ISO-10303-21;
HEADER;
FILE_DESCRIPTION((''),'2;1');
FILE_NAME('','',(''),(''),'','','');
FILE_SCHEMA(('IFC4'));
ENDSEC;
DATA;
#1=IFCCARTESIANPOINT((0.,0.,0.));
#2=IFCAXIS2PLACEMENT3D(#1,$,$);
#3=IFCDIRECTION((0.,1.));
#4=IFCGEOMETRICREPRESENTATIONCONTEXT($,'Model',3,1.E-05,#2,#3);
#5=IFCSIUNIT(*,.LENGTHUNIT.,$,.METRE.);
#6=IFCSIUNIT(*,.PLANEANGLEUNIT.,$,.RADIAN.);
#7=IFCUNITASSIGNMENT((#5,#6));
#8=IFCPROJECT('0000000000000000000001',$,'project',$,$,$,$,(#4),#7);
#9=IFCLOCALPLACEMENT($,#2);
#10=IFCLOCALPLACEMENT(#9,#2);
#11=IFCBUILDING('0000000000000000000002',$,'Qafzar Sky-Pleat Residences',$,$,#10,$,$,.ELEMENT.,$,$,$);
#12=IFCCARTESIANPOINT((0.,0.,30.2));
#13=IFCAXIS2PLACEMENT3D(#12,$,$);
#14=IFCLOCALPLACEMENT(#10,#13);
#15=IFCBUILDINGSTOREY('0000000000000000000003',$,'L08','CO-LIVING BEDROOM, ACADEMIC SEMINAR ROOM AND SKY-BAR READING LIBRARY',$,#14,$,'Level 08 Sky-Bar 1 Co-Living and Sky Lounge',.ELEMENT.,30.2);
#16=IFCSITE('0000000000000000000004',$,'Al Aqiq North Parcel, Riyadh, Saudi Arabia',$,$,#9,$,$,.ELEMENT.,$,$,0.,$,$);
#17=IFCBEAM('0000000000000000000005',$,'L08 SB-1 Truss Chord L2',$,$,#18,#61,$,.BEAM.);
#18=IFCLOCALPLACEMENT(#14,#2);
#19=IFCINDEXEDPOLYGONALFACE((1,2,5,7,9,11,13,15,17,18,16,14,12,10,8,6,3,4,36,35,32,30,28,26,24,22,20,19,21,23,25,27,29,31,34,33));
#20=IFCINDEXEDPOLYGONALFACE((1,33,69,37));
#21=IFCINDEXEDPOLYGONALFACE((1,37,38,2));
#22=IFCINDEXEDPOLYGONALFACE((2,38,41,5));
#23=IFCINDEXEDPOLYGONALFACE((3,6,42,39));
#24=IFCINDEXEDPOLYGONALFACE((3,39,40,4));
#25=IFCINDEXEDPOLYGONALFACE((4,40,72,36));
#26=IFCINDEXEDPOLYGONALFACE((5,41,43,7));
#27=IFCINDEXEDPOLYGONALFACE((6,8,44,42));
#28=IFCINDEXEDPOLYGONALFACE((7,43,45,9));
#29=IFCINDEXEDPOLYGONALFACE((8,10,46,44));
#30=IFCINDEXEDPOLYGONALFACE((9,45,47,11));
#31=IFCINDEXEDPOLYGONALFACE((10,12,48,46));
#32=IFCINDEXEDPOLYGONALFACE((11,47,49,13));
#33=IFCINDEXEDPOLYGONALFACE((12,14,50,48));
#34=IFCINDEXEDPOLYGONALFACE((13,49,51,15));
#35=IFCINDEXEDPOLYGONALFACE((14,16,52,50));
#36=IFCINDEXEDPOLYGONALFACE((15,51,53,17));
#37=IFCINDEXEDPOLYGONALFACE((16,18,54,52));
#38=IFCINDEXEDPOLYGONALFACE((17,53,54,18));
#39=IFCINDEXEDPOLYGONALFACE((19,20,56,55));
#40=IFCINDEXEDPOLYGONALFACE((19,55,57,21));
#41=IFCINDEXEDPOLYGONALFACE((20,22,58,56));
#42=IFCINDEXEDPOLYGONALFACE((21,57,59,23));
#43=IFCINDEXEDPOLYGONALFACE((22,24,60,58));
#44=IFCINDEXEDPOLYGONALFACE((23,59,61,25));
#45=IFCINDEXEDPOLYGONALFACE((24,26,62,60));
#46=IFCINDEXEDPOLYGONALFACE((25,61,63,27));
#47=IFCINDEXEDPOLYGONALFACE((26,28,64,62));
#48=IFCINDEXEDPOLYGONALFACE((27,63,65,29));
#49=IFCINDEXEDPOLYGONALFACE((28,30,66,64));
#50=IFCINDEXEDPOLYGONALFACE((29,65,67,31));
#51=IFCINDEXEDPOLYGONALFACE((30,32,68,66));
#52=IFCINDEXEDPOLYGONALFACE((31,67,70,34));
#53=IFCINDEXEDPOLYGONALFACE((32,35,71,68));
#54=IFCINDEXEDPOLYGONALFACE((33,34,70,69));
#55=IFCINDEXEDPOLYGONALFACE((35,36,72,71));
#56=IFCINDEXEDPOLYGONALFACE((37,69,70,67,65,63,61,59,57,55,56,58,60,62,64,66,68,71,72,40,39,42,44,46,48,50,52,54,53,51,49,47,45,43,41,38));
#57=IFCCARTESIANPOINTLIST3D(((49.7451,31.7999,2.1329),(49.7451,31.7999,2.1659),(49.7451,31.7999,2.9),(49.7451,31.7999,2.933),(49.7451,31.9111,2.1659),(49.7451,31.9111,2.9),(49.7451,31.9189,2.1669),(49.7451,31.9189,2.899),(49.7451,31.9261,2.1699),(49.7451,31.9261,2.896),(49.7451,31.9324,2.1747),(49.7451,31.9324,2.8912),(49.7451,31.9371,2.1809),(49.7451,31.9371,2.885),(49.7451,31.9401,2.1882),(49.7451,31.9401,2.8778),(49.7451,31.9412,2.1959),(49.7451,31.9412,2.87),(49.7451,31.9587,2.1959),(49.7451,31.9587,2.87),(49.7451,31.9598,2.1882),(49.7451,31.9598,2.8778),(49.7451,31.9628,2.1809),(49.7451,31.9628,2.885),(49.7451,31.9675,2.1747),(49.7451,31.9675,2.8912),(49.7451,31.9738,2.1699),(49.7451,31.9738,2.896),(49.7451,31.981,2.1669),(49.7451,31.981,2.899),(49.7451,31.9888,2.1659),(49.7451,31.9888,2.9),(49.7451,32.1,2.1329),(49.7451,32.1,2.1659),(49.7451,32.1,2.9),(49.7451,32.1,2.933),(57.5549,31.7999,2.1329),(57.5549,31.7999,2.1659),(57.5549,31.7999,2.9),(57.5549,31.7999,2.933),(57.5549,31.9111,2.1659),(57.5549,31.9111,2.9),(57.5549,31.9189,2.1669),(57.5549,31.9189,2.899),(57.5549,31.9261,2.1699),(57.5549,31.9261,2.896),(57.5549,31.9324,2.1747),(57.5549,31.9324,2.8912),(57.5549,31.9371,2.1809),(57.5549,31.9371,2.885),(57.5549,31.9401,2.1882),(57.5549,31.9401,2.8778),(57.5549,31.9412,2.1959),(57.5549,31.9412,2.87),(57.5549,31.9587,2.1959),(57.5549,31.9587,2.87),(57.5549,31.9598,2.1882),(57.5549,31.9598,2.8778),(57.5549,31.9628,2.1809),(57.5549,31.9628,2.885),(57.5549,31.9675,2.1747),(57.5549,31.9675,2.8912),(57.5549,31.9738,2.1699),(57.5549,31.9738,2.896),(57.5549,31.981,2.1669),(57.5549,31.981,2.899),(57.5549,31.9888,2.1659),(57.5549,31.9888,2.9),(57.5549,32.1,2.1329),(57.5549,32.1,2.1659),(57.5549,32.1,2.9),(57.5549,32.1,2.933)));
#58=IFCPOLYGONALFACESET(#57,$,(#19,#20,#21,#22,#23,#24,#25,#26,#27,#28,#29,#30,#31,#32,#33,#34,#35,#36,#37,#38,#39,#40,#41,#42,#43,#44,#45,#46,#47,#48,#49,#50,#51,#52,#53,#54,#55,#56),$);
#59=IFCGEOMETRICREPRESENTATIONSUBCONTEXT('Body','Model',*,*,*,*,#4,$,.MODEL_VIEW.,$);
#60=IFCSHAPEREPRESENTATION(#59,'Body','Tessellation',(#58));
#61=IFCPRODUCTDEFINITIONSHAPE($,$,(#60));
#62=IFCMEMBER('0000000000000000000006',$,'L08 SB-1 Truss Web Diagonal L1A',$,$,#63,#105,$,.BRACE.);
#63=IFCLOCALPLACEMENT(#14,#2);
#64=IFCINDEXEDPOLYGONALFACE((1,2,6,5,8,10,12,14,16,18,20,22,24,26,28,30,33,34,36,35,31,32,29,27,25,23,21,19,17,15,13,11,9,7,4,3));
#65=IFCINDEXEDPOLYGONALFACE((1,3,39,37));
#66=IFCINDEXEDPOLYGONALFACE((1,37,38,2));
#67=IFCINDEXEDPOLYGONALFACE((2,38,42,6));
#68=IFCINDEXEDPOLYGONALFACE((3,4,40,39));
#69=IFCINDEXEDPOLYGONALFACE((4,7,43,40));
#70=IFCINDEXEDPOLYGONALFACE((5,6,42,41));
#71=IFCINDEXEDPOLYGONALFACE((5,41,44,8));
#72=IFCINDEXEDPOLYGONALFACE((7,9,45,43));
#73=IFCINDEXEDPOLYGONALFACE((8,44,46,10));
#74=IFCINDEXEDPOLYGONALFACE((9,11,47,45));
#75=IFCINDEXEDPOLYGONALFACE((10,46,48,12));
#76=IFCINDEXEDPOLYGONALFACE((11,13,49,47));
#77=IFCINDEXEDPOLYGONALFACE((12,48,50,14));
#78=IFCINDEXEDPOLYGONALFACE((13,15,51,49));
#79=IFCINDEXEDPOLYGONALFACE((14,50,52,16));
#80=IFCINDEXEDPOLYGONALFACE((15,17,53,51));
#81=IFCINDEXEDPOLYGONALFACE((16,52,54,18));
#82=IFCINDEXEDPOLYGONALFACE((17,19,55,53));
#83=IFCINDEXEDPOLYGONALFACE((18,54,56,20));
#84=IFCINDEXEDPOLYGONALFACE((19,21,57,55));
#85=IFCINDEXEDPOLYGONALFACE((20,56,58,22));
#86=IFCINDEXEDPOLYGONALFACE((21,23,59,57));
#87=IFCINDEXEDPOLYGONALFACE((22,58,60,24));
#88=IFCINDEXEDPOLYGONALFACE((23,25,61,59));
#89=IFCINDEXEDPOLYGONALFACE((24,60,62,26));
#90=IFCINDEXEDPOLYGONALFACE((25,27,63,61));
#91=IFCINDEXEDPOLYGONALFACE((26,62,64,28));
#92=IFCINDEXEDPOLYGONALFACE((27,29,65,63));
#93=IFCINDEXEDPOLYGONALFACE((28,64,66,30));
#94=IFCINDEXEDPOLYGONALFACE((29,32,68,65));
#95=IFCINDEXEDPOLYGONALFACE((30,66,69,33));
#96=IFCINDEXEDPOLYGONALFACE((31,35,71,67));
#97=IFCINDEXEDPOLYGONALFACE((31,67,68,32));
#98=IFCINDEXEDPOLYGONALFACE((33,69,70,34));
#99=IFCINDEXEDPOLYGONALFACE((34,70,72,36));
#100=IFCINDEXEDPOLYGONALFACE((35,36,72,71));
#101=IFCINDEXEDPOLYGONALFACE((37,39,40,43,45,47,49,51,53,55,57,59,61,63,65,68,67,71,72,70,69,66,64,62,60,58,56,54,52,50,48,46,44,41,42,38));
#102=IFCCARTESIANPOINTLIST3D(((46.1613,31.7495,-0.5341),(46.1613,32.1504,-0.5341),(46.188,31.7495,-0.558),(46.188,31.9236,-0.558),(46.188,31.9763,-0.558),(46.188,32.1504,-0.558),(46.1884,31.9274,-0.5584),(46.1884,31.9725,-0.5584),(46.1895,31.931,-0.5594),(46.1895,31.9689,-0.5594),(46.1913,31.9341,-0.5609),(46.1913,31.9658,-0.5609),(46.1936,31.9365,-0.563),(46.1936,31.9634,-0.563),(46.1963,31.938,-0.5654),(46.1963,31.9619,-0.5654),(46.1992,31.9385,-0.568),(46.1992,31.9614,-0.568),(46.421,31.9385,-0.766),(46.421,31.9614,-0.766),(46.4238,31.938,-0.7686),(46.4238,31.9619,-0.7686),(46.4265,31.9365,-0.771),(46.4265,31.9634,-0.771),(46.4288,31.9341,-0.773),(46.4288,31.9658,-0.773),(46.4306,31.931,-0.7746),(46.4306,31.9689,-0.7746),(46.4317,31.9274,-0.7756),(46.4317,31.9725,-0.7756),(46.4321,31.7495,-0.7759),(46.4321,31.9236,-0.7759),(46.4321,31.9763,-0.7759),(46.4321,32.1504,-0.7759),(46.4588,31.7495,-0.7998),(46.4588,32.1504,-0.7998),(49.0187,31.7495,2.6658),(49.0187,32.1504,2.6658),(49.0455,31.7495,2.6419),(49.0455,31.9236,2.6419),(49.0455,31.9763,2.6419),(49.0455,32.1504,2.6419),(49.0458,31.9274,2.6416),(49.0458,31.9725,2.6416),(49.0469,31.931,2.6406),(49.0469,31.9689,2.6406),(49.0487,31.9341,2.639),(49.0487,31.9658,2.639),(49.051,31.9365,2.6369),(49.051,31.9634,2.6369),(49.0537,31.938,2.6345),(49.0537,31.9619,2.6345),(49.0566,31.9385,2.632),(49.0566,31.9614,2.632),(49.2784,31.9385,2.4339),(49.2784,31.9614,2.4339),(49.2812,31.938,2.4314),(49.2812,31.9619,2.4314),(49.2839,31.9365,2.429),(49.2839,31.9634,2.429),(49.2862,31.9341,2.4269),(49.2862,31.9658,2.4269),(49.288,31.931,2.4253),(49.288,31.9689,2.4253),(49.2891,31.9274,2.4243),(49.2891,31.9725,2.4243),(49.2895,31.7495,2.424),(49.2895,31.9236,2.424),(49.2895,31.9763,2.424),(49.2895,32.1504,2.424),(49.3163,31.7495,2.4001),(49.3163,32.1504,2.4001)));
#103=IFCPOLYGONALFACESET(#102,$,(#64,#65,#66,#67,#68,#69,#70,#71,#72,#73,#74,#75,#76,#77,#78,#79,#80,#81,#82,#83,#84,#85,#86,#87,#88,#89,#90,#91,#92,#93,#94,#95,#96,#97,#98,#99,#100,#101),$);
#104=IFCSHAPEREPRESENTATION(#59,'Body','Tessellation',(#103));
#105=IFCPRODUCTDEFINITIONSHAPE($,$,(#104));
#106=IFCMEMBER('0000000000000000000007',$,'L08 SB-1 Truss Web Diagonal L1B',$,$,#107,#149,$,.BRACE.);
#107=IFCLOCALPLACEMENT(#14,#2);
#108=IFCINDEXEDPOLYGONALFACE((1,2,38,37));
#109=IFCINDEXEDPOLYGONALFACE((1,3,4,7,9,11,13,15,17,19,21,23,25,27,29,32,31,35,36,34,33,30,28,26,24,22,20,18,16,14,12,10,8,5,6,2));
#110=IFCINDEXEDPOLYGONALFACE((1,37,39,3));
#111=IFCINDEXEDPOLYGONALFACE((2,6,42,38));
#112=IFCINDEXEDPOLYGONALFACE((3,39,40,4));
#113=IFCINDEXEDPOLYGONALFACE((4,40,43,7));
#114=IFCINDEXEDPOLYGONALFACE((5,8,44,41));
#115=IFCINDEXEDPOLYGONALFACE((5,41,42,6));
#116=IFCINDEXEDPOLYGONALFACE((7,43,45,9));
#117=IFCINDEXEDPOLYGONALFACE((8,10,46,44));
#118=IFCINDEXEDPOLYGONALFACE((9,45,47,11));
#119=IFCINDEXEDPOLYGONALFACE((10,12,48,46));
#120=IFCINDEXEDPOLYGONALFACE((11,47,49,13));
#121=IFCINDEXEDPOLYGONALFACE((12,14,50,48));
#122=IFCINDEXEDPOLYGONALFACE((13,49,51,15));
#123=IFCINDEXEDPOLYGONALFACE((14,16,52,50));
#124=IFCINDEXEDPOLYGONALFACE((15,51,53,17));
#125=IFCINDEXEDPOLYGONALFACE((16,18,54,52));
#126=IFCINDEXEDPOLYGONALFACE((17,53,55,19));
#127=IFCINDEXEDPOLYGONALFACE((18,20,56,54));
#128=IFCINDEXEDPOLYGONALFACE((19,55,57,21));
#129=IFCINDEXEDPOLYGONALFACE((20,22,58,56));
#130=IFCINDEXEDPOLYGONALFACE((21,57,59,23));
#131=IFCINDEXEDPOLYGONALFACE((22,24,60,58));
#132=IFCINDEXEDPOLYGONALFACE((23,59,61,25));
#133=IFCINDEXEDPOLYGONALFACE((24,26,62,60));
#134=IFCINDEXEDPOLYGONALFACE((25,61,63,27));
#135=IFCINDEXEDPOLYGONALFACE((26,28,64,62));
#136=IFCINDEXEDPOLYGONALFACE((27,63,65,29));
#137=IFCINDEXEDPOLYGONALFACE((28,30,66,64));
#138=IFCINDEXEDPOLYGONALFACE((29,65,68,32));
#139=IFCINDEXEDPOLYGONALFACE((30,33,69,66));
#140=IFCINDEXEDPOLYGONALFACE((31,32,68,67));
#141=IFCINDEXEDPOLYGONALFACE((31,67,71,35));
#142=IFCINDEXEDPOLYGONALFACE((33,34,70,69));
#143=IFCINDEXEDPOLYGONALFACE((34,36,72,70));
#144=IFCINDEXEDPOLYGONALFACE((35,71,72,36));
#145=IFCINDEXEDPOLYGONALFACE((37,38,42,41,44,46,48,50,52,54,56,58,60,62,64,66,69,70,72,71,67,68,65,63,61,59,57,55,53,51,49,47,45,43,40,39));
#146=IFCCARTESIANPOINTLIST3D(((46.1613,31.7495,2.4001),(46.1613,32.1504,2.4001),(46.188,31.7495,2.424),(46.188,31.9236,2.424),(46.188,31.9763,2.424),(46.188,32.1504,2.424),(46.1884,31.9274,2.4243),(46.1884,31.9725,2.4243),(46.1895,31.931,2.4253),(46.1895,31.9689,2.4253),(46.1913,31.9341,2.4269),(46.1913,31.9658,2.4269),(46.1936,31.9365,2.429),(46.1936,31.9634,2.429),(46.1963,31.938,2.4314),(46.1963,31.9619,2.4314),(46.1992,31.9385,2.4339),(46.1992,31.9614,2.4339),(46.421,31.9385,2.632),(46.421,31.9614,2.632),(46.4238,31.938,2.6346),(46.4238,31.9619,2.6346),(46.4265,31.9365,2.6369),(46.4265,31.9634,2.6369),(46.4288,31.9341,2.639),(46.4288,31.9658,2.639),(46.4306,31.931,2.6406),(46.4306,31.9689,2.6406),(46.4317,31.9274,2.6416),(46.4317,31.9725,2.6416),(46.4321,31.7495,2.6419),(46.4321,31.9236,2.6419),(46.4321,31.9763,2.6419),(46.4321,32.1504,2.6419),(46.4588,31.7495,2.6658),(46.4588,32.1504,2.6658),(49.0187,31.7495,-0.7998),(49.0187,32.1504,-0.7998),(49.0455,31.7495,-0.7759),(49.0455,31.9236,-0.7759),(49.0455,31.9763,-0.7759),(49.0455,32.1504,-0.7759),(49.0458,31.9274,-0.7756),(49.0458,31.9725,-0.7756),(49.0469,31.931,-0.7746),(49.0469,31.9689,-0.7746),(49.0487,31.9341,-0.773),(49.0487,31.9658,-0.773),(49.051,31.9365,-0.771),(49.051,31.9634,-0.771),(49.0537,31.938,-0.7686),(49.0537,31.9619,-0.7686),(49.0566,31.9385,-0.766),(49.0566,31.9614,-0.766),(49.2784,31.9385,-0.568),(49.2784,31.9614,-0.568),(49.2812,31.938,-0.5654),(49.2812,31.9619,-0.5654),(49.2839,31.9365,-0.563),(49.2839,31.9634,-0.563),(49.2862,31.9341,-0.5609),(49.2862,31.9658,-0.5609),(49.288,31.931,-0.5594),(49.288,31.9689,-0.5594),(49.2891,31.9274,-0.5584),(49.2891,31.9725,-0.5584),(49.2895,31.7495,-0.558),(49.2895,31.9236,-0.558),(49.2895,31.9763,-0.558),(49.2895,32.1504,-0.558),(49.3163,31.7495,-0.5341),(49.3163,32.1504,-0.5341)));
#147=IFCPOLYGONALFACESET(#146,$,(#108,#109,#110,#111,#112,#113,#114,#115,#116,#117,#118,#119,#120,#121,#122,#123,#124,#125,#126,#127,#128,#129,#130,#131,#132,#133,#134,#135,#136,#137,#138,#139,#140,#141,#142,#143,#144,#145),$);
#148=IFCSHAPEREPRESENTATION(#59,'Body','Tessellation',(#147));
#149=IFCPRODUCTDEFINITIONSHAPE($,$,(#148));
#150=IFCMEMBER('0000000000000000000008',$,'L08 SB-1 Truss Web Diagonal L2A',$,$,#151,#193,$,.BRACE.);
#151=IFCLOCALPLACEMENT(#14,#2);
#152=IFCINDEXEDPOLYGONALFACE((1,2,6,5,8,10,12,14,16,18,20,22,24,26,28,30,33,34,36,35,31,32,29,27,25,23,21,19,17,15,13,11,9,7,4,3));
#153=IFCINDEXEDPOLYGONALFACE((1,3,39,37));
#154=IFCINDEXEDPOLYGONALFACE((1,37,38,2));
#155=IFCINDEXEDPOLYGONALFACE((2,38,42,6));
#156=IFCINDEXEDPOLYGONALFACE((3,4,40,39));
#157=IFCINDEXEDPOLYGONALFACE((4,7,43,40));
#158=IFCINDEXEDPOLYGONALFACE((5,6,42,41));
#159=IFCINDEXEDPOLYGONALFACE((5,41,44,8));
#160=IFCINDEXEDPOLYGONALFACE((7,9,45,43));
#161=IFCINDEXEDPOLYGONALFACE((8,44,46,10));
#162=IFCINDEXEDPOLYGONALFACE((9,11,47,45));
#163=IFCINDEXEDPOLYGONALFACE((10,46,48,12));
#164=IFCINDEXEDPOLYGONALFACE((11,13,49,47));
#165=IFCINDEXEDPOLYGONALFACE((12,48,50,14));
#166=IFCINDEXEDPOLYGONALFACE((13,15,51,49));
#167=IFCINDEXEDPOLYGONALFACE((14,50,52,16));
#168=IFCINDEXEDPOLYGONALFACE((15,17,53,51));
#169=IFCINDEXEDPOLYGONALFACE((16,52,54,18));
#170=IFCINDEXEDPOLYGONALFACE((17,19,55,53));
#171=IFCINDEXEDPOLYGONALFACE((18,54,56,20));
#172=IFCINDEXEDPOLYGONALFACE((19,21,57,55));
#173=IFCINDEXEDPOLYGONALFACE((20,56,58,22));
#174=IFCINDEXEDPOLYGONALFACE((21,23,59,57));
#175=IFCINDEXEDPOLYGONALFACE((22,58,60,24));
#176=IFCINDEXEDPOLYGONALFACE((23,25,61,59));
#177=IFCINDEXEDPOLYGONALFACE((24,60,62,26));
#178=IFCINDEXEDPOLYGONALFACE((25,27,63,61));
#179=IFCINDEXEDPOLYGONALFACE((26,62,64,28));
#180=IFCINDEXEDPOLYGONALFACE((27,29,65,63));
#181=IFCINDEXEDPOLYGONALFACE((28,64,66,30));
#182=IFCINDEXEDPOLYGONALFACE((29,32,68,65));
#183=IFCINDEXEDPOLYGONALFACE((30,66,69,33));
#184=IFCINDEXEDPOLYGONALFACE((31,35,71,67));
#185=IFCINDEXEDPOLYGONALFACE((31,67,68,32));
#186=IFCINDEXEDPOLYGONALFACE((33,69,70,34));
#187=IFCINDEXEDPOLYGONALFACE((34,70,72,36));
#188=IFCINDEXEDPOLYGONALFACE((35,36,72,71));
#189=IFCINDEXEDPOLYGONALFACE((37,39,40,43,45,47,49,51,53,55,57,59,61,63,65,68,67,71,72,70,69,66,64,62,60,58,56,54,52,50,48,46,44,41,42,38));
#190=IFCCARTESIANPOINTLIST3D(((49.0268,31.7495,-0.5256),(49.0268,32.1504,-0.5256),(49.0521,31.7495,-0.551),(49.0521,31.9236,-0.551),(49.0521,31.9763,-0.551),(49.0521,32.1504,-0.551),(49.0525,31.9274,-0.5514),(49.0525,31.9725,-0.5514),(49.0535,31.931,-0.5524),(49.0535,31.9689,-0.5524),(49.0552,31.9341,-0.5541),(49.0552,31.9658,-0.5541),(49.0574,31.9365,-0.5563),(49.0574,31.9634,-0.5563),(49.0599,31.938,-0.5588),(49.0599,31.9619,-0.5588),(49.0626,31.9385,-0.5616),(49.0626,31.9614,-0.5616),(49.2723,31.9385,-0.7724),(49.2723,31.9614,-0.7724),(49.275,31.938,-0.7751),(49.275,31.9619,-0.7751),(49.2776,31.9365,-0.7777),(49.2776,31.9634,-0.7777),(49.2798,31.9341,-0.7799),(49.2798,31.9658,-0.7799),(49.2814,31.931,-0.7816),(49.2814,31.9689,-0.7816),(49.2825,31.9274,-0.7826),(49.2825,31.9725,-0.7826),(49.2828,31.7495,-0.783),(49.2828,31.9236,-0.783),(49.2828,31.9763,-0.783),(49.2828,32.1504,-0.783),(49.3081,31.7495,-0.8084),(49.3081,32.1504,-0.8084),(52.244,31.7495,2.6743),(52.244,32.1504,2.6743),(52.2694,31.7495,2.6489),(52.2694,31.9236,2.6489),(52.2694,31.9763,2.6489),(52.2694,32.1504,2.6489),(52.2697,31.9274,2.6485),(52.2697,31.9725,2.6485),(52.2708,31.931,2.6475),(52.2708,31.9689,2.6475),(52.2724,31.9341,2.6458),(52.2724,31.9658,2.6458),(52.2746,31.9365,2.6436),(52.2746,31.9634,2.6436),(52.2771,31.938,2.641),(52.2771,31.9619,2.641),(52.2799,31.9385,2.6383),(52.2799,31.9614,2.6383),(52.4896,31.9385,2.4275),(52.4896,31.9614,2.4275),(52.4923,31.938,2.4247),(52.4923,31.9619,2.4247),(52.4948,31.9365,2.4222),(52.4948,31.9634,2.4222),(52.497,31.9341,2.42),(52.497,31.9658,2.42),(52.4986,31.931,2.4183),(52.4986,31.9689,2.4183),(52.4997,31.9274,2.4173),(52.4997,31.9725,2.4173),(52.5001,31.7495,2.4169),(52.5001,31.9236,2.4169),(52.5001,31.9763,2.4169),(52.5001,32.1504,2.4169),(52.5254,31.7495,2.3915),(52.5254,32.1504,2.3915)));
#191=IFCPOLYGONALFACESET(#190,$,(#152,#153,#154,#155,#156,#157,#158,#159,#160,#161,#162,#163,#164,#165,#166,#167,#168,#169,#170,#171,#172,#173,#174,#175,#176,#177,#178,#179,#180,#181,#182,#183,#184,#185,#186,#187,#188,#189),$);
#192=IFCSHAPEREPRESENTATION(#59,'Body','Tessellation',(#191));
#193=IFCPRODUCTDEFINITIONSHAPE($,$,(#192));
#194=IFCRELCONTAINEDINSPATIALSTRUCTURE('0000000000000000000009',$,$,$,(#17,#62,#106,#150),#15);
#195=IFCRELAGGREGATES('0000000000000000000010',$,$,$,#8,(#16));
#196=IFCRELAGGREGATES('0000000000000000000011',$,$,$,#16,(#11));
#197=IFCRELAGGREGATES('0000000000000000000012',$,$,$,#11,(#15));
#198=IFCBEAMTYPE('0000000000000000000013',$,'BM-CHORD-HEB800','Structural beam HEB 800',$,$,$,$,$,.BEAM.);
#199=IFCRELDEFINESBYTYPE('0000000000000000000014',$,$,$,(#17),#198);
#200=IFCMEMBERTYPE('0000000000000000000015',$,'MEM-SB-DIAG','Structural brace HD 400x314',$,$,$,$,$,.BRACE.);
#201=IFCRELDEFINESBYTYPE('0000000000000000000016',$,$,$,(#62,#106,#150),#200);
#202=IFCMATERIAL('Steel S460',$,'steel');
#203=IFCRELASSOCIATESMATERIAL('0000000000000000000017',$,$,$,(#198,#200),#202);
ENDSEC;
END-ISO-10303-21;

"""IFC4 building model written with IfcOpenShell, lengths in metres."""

from ifc_helpers import new_model, si_unit, direction, frame, origin, origin_2d, place, context, subcontext, project, spatial, i_section, extrude, source, transform, mapped, material, material_profile, profile_set, type_object, element, save


model = new_model("IFC4")

# Units and contexts
model_context = context("Model", 3, precision=1e-05, world=origin(), true_north=direction((0.0, 1.0)))
body_context = subcontext(model_context, "Body", "Model", "MODEL_VIEW")
ifc_project = project(units=[si_unit("LENGTHUNIT", "METRE"), si_unit("PLANEANGLEUNIT", "RADIAN")], contexts=[model_context])

# Site, building, storey
site_placement = place(None, origin())
site = spatial("IfcSite", under=ifc_project, at=site_placement, Name="Al Aqiq North Parcel, Riyadh, Saudi Arabia", CompositionType="ELEMENT", RefElevation=0.0)
building_placement = place(site_placement, origin())
building = spatial("IfcBuilding", under=site, at=building_placement, Name="Qafzar Sky-Pleat Residences", CompositionType="ELEMENT")
storey_placement = place(building_placement, frame((0.0, 0.0, 30.2)))
storey = spatial("IfcBuildingStorey", under=building, at=storey_placement, Name="L08", Description="CO-LIVING BEDROOM, ACADEMIC SEMINAR ROOM AND SKY-BAR READING LIBRARY", LongName="Level 08 Sky-Bar 1 Co-Living and Sky Lounge", CompositionType="ELEMENT", Elevation=30.2)

# Shared definitions
ifc_material_1 = material(Name="Steel S460", Category="steel")

# Beam
ifc_material_profile_1 = material_profile(ifc_material_1, i_section(OverallWidth=0.3, OverallDepth=0.8, WebThickness=0.0176, FlangeThickness=0.033, FilletRadius=0.03, at=origin_2d()), Name="HEB 800")
ifc_profile_set_1 = profile_set([ifc_material_profile_1], Name="Steel S460")
beam_type_1 = type_object("IfcBeamType", Name="BM-CHORD-HEB800", Description="Structural beam HEB 800", PredefinedType="BEAM", material=ifc_profile_set_1)
shared_shape_1 = source(origin(), body_context, "Body", "SweptSolid", [
    extrude(i_section(OverallWidth=0.3, OverallDepth=0.8, WebThickness=0.0176, FlangeThickness=0.033, FilletRadius=0.03, at=origin_2d()), origin(), (0.0, 0.0, 1.0), 7.8098),
])
beam_1_placement = place(storey_placement, frame((49.7451, 31.95, 2.533), z_axis=(1.0, 0.0, 0.0), x_axis=(0.0, 1.0, 0.0)))
element("IfcBeam", 1, at=beam_1_placement, inside=storey, type_object=beam_type_1, Name="L08 SB-1 Truss Chord L2", PredefinedType="BEAM", context=body_context, shape_type="MappedRepresentation", body=[
    mapped(shared_shape_1, transform((0.0, 0.0, 0.0), x_axis=(1.0, 0.0, 0.0), y_axis=(0.0, 1.0, 0.0), z_axis=(0.0, 0.0, 1.0), scale=1.0)),
])

# Members
ifc_material_profile_2 = material_profile(ifc_material_1, i_section(OverallWidth=0.4009, OverallDepth=0.3989, WebThickness=0.0229, FlangeThickness=0.0359, FilletRadius=0.0149, at=origin_2d()), Name="HD 400x314")
ifc_profile_set_2 = profile_set([ifc_material_profile_2], Name="Steel S460")
member_type = type_object("IfcMemberType", Name="MEM-SB-DIAG", Description="Structural brace HD 400x314", PredefinedType="BRACE", material=ifc_profile_set_2)
shared_shape_2 = source(origin(), body_context, "Body", "SweptSolid", [
    extrude(i_section(OverallWidth=0.4009, OverallDepth=0.3989, WebThickness=0.0229, FlangeThickness=0.0359, FilletRadius=0.0149, at=origin_2d()), origin(), (0.0, 0.0, 1.0), 4.29),
])
for number, where, z_axis, x_axis, name in (
    (2, (46.3101, 31.95, -0.667), (0.666058, 0.0, 0.7459), (0.0, 1.0, 0.0), "L08 SB-1 Truss Web Diagonal L1A"),
    (3, (46.3101, 31.95, 2.533), (0.666058, 0.0, -0.7459), (0.0, 1.0, 0.0), "L08 SB-1 Truss Web Diagonal L1B"),
):
    element("IfcMember", number, at=place(storey_placement, frame(where, z_axis=z_axis, x_axis=x_axis)), inside=storey, type_object=member_type, Name=name, PredefinedType="BRACE", context=body_context, shape_type="MappedRepresentation", body=[
        mapped(shared_shape_2, transform((0.0, 0.0, 0.0), x_axis=(1.0, 0.0, 0.0), y_axis=(0.0, 1.0, 0.0), z_axis=(0.0, 0.0, 1.0), scale=1.0)),
    ])
shared_shape_3 = source(origin(), body_context, "Body", "SweptSolid", [
    extrude(i_section(OverallWidth=0.4009, OverallDepth=0.3989, WebThickness=0.0229, FlangeThickness=0.0359, FilletRadius=0.0149, at=origin_2d()), origin(), (0.0, 0.0, 1.0), 4.5376),
])
for number, where, z_axis, x_axis, name in (
    (4, (49.1675, 31.95, -0.667), (0.709014, 0.0, 0.705194), (0.0, 1.0, 0.0), "L08 SB-1 Truss Web Diagonal L2A"),
):
    element("IfcMember", number, at=place(storey_placement, frame(where, z_axis=z_axis, x_axis=x_axis)), inside=storey, type_object=member_type, Name=name, PredefinedType="BRACE", context=body_context, shape_type="MappedRepresentation", body=[
        mapped(shared_shape_3, transform((0.0, 0.0, 0.0), x_axis=(1.0, 0.0, 0.0), y_axis=(0.0, 1.0, 0.0), z_axis=(0.0, 0.0, 1.0), scale=1.0)),
    ])

save(model, "model.ifc")
